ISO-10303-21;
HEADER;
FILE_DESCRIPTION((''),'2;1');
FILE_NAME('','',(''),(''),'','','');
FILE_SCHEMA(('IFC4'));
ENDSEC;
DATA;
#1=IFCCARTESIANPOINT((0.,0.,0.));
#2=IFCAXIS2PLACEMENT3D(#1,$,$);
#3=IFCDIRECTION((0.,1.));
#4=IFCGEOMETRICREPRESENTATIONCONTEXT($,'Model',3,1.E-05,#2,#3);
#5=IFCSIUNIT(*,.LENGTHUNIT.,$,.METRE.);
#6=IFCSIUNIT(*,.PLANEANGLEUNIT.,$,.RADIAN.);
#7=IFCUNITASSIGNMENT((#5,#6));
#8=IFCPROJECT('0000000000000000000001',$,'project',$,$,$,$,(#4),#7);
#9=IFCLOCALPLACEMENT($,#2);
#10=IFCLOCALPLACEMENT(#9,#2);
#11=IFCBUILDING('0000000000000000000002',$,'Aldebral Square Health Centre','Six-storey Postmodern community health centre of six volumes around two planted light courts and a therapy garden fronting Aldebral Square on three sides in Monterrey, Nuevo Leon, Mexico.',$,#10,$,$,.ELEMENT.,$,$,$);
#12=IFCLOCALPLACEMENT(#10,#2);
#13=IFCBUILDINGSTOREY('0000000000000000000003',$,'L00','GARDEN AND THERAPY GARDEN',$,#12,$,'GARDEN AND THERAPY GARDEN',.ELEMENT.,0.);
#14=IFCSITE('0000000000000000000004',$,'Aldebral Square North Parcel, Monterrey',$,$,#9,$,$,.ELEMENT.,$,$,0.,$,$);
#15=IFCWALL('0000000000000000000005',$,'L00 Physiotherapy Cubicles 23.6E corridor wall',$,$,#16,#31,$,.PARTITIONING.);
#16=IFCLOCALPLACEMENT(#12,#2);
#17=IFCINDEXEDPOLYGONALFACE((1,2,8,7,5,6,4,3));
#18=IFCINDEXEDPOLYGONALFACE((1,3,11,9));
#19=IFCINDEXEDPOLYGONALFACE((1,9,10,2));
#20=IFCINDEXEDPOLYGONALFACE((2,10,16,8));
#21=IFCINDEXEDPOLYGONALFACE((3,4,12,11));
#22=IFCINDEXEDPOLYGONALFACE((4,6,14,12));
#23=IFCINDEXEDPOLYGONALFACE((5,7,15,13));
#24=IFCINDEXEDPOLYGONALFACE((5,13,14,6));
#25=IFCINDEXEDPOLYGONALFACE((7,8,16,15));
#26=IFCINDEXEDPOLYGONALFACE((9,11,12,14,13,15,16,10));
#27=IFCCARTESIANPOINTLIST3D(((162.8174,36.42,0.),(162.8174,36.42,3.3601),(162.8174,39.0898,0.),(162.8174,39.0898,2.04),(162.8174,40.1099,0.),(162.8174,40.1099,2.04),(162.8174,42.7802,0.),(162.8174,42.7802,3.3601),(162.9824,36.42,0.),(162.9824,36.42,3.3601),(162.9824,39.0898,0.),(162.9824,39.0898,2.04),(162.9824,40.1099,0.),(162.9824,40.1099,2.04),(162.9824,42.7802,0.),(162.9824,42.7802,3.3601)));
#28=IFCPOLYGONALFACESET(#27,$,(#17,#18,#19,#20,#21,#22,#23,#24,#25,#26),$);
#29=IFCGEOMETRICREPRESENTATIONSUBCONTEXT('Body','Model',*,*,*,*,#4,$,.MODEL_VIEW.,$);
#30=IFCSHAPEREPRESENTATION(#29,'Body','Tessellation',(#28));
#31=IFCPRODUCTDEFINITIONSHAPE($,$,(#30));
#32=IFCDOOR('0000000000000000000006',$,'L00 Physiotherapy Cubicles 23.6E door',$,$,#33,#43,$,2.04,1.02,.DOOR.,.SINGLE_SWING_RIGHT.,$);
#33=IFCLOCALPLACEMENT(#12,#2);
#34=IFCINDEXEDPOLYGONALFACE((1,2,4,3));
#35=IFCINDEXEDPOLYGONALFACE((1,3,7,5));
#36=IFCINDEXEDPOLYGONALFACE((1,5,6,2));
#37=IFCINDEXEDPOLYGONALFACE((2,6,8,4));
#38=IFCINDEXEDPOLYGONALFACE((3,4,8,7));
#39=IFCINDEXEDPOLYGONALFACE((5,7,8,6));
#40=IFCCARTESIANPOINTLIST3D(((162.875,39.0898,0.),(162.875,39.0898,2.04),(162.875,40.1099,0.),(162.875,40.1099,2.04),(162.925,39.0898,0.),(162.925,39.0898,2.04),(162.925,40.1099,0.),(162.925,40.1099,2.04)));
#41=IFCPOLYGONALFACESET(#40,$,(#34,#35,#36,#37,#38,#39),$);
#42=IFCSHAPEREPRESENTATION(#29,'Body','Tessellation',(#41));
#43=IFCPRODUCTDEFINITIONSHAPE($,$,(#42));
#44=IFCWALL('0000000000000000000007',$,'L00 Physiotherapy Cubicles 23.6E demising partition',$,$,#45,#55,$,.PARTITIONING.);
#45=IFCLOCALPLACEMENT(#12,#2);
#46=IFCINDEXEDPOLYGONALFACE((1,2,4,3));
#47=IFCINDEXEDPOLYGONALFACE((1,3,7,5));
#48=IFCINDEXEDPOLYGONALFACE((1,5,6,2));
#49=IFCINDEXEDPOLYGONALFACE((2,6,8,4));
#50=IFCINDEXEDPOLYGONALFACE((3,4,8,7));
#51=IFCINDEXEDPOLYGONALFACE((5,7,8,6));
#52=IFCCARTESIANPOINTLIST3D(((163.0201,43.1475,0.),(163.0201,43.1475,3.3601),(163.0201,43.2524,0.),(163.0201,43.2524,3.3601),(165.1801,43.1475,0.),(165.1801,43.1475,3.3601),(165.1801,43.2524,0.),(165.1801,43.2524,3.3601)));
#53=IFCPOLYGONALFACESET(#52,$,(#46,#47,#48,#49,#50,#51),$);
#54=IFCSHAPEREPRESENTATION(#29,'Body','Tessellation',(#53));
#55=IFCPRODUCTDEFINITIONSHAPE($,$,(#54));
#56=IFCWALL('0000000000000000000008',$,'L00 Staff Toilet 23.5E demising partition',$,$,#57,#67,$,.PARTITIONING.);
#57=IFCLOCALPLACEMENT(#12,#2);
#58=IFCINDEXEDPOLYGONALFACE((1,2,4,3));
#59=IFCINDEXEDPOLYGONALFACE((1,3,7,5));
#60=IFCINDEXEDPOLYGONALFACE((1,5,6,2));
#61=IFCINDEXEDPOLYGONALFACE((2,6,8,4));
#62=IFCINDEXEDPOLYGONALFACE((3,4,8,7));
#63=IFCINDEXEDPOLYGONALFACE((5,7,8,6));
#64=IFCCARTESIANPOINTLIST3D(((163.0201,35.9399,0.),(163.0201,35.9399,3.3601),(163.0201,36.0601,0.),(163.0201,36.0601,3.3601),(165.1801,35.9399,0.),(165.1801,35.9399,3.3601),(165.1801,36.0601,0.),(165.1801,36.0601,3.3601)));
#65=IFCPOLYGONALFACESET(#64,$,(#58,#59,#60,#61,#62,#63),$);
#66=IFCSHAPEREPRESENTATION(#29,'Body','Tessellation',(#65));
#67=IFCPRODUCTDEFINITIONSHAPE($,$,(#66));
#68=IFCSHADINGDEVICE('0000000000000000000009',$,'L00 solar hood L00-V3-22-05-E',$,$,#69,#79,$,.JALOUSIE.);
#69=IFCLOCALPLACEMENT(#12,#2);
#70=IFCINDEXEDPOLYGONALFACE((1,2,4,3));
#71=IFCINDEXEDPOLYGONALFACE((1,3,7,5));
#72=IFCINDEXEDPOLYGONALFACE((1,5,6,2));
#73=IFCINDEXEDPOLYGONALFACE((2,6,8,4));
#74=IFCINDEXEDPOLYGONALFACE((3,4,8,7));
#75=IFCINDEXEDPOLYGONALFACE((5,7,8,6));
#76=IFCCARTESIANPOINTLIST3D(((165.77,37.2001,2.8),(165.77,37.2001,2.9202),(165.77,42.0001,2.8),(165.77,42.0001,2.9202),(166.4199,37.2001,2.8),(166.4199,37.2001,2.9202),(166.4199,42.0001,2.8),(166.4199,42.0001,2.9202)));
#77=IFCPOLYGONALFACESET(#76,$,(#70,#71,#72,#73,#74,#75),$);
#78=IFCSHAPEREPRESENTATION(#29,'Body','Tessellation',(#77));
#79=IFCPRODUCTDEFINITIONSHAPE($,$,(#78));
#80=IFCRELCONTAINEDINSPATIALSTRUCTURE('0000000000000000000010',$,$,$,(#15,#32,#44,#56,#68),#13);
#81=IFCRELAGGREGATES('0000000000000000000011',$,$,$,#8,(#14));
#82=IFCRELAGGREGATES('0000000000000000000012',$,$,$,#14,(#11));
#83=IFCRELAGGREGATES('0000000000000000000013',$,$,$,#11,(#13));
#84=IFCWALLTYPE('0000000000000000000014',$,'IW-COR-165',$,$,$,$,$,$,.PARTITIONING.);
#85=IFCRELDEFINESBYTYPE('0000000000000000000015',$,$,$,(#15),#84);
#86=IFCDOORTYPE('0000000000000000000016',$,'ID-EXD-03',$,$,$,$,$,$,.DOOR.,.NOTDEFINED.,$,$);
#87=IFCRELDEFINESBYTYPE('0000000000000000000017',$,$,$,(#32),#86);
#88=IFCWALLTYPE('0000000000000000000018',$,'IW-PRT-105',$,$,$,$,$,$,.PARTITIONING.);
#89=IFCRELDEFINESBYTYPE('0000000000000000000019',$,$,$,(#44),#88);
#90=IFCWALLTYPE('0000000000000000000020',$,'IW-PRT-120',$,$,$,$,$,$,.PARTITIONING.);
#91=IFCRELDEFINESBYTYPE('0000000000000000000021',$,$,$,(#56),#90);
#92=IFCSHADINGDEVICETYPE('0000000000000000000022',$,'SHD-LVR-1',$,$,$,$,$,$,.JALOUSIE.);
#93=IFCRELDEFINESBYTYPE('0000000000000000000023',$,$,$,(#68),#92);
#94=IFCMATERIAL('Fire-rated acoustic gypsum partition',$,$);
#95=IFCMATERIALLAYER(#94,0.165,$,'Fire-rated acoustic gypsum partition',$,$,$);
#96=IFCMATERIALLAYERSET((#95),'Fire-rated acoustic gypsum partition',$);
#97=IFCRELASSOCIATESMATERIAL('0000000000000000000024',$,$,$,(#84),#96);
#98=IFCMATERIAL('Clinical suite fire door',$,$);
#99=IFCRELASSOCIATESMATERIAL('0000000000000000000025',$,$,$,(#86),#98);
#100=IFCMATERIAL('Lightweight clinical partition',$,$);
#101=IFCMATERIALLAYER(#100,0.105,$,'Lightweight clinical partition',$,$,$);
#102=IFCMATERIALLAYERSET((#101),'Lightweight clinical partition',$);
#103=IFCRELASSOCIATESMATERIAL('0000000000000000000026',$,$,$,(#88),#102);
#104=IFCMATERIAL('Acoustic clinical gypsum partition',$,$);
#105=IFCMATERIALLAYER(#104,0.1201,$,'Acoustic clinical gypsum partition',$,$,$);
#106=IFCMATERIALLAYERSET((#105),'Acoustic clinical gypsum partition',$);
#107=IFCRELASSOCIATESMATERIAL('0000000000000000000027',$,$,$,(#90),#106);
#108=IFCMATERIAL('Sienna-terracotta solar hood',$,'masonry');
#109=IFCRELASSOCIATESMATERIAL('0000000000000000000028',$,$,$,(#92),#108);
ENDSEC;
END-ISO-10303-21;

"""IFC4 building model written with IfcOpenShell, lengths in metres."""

from ifc_helpers import new_model, si_unit, direction, frame, frame_2d, origin, origin_2d, place, context, subcontext, project, spatial, rectangle, extrude, material, layer, layer_set, type_object, element, fill, save


model = new_model("IFC4")

# Units and contexts
model_context = context("Model", 3, precision=1e-05, world=origin(), true_north=direction((0.0, 1.0)))
body_context = subcontext(model_context, "Body", "Model", "MODEL_VIEW")
ifc_project = project(units=[si_unit("LENGTHUNIT", "METRE"), si_unit("PLANEANGLEUNIT", "RADIAN")], contexts=[model_context])

# Site, building, storey
site_placement = place(None, origin())
site = spatial("IfcSite", under=ifc_project, at=site_placement, Name="Aldebral Square North Parcel, Monterrey", CompositionType="ELEMENT", RefElevation=0.0)
building_placement = place(site_placement, origin())
building = spatial("IfcBuilding", under=site, at=building_placement, Name="Aldebral Square Health Centre", Description="Six-storey Postmodern community health centre of six volumes around two planted light courts and a therapy garden fronting Aldebral Square on three sides in Monterrey, Nuevo Leon, Mexico.", CompositionType="ELEMENT")
storey_placement = place(building_placement, origin())
storey = spatial("IfcBuildingStorey", under=building, at=storey_placement, Name="L00", Description="GARDEN AND THERAPY GARDEN", LongName="GARDEN AND THERAPY GARDEN", CompositionType="ELEMENT", Elevation=0.0)

# Wall, opening, door
ifc_material_1 = material(Name="Fire-rated acoustic gypsum partition")
ifc_layer_1 = layer(ifc_material_1, 0.165, Name="Fire-rated acoustic gypsum partition")
ifc_layer_set_1 = layer_set([ifc_layer_1], Name="Fire-rated acoustic gypsum partition")
wall_type_1 = type_object("IfcWallType", Name="IW-COR-165", PredefinedType="PARTITIONING", material=ifc_layer_set_1)
ifc_material_2 = material(Name="Clinical suite fire door")
wall_1_placement = place(storey_placement, frame((162.8999, 36.4199, 0.0), z_axis=(0.0, 0.0, 1.0), x_axis=(0.0, 1.0, 0.0)))
wall_1 = element("IfcWall", 1, at=wall_1_placement, inside=storey, type_object=wall_type_1, Name="L00 Physiotherapy Cubicles 23.6E corridor wall", PredefinedType="PARTITIONING", context=body_context, shape_type="SweptSolid", body=[
    extrude(rectangle(XDim=6.3601, YDim=0.165, at=frame_2d((3.1802, 0.0))), origin(), (0.0, 0.0, 1.0), 3.3601),
])
opening_1_placement = place(wall_1_placement, frame((2.6699, 0.0, 0.0)))
opening_1 = element("IfcOpeningElement", 2, at=opening_1_placement, cuts=wall_1, PredefinedType="OPENING", context=body_context, shape_type="SweptSolid", body=[
    extrude(rectangle(XDim=1.02, YDim=2.04, at=frame_2d((0.51, 1.02))), frame((0.0, 0.0925, 0.0), z_axis=(0.0, -1.0, 0.0), x_axis=(1.0, 0.0, 0.0)), (0.0, 0.0, 1.0), 0.1851),
])
door_type_1 = type_object("IfcDoorType", Name="ID-EXD-03", OperationType="NOTDEFINED", PredefinedType="DOOR", material=ifc_material_2)
door_1_placement = place(opening_1_placement, origin())
door_1 = element("IfcDoor", 3, at=door_1_placement, inside=storey, type_object=door_type_1, Name="L00 Physiotherapy Cubicles 23.6E door", OperationType="SINGLE_SWING_RIGHT", OverallHeight=2.04, OverallWidth=1.02, PredefinedType="DOOR", context=body_context, shape_type="SweptSolid", body=[
    extrude(rectangle(XDim=1.02, YDim=2.04, at=frame_2d((0.51, 1.02))), frame((0.0, 0.0249, 0.0), z_axis=(0.0, -1.0, 0.0), x_axis=(1.0, 0.0, 0.0)), (0.0, 0.0, 1.0), 0.05),
])
fill(opening_1, door_1)

# Walls
ifc_material_3 = material(Name="Lightweight clinical partition")
ifc_layer_2 = layer(ifc_material_3, 0.105, Name="Lightweight clinical partition")
ifc_layer_set_2 = layer_set([ifc_layer_2], Name="Lightweight clinical partition")
wall_type_2 = type_object("IfcWallType", Name="IW-PRT-105", PredefinedType="PARTITIONING", material=ifc_layer_set_2)
wall_2_placement = place(storey_placement, frame((163.02, 43.2, 0.0), z_axis=(0.0, 0.0, 1.0), x_axis=(1.0, 0.0, 0.0)))
element("IfcWall", 4, at=wall_2_placement, inside=storey, type_object=wall_type_2, Name="L00 Physiotherapy Cubicles 23.6E demising partition", PredefinedType="PARTITIONING", context=body_context, shape_type="SweptSolid", body=[
    extrude(rectangle(XDim=2.1599, YDim=0.105, at=frame_2d((1.0801, 0.0))), origin(), (0.0, 0.0, 1.0), 3.3601),
])
ifc_material_4 = material(Name="Acoustic clinical gypsum partition")
ifc_layer_3 = layer(ifc_material_4, 0.1201, Name="Acoustic clinical gypsum partition")
ifc_layer_set_3 = layer_set([ifc_layer_3], Name="Acoustic clinical gypsum partition")
wall_type_3 = type_object("IfcWallType", Name="IW-PRT-120", PredefinedType="PARTITIONING", material=ifc_layer_set_3)
wall_3_placement = place(storey_placement, frame((163.02, 36.0, 0.0), z_axis=(0.0, 0.0, 1.0), x_axis=(1.0, 0.0, 0.0)))
element("IfcWall", 5, at=wall_3_placement, inside=storey, type_object=wall_type_3, Name="L00 Staff Toilet 23.5E demising partition", PredefinedType="PARTITIONING", context=body_context, shape_type="SweptSolid", body=[
    extrude(rectangle(XDim=2.1599, YDim=0.1201, at=frame_2d((1.0801, 0.0))), origin(), (0.0, 0.0, 1.0), 3.3601),
])

# Shading device
ifc_material_5 = material(Name="Sienna-terracotta solar hood", Category="masonry")
shading_device_type = type_object("IfcShadingDeviceType", Name="SHD-LVR-1", PredefinedType="JALOUSIE", material=ifc_material_5)
shading_device_placement = place(storey_placement, frame((166.095, 39.6001, 2.8), z_axis=(0.0, 0.0, 1.0), x_axis=(0.0, 1.0, 0.0)))
element("IfcShadingDevice", 6, at=shading_device_placement, inside=storey, type_object=shading_device_type, Name="L00 solar hood L00-V3-22-05-E", PredefinedType="JALOUSIE", context=body_context, shape_type="SweptSolid", body=[
    extrude(rectangle(XDim=4.8, YDim=0.6499, at=origin_2d()), origin(), (0.0, 0.0, 1.0), 0.1201),
])

save(model, "model.ifc")
